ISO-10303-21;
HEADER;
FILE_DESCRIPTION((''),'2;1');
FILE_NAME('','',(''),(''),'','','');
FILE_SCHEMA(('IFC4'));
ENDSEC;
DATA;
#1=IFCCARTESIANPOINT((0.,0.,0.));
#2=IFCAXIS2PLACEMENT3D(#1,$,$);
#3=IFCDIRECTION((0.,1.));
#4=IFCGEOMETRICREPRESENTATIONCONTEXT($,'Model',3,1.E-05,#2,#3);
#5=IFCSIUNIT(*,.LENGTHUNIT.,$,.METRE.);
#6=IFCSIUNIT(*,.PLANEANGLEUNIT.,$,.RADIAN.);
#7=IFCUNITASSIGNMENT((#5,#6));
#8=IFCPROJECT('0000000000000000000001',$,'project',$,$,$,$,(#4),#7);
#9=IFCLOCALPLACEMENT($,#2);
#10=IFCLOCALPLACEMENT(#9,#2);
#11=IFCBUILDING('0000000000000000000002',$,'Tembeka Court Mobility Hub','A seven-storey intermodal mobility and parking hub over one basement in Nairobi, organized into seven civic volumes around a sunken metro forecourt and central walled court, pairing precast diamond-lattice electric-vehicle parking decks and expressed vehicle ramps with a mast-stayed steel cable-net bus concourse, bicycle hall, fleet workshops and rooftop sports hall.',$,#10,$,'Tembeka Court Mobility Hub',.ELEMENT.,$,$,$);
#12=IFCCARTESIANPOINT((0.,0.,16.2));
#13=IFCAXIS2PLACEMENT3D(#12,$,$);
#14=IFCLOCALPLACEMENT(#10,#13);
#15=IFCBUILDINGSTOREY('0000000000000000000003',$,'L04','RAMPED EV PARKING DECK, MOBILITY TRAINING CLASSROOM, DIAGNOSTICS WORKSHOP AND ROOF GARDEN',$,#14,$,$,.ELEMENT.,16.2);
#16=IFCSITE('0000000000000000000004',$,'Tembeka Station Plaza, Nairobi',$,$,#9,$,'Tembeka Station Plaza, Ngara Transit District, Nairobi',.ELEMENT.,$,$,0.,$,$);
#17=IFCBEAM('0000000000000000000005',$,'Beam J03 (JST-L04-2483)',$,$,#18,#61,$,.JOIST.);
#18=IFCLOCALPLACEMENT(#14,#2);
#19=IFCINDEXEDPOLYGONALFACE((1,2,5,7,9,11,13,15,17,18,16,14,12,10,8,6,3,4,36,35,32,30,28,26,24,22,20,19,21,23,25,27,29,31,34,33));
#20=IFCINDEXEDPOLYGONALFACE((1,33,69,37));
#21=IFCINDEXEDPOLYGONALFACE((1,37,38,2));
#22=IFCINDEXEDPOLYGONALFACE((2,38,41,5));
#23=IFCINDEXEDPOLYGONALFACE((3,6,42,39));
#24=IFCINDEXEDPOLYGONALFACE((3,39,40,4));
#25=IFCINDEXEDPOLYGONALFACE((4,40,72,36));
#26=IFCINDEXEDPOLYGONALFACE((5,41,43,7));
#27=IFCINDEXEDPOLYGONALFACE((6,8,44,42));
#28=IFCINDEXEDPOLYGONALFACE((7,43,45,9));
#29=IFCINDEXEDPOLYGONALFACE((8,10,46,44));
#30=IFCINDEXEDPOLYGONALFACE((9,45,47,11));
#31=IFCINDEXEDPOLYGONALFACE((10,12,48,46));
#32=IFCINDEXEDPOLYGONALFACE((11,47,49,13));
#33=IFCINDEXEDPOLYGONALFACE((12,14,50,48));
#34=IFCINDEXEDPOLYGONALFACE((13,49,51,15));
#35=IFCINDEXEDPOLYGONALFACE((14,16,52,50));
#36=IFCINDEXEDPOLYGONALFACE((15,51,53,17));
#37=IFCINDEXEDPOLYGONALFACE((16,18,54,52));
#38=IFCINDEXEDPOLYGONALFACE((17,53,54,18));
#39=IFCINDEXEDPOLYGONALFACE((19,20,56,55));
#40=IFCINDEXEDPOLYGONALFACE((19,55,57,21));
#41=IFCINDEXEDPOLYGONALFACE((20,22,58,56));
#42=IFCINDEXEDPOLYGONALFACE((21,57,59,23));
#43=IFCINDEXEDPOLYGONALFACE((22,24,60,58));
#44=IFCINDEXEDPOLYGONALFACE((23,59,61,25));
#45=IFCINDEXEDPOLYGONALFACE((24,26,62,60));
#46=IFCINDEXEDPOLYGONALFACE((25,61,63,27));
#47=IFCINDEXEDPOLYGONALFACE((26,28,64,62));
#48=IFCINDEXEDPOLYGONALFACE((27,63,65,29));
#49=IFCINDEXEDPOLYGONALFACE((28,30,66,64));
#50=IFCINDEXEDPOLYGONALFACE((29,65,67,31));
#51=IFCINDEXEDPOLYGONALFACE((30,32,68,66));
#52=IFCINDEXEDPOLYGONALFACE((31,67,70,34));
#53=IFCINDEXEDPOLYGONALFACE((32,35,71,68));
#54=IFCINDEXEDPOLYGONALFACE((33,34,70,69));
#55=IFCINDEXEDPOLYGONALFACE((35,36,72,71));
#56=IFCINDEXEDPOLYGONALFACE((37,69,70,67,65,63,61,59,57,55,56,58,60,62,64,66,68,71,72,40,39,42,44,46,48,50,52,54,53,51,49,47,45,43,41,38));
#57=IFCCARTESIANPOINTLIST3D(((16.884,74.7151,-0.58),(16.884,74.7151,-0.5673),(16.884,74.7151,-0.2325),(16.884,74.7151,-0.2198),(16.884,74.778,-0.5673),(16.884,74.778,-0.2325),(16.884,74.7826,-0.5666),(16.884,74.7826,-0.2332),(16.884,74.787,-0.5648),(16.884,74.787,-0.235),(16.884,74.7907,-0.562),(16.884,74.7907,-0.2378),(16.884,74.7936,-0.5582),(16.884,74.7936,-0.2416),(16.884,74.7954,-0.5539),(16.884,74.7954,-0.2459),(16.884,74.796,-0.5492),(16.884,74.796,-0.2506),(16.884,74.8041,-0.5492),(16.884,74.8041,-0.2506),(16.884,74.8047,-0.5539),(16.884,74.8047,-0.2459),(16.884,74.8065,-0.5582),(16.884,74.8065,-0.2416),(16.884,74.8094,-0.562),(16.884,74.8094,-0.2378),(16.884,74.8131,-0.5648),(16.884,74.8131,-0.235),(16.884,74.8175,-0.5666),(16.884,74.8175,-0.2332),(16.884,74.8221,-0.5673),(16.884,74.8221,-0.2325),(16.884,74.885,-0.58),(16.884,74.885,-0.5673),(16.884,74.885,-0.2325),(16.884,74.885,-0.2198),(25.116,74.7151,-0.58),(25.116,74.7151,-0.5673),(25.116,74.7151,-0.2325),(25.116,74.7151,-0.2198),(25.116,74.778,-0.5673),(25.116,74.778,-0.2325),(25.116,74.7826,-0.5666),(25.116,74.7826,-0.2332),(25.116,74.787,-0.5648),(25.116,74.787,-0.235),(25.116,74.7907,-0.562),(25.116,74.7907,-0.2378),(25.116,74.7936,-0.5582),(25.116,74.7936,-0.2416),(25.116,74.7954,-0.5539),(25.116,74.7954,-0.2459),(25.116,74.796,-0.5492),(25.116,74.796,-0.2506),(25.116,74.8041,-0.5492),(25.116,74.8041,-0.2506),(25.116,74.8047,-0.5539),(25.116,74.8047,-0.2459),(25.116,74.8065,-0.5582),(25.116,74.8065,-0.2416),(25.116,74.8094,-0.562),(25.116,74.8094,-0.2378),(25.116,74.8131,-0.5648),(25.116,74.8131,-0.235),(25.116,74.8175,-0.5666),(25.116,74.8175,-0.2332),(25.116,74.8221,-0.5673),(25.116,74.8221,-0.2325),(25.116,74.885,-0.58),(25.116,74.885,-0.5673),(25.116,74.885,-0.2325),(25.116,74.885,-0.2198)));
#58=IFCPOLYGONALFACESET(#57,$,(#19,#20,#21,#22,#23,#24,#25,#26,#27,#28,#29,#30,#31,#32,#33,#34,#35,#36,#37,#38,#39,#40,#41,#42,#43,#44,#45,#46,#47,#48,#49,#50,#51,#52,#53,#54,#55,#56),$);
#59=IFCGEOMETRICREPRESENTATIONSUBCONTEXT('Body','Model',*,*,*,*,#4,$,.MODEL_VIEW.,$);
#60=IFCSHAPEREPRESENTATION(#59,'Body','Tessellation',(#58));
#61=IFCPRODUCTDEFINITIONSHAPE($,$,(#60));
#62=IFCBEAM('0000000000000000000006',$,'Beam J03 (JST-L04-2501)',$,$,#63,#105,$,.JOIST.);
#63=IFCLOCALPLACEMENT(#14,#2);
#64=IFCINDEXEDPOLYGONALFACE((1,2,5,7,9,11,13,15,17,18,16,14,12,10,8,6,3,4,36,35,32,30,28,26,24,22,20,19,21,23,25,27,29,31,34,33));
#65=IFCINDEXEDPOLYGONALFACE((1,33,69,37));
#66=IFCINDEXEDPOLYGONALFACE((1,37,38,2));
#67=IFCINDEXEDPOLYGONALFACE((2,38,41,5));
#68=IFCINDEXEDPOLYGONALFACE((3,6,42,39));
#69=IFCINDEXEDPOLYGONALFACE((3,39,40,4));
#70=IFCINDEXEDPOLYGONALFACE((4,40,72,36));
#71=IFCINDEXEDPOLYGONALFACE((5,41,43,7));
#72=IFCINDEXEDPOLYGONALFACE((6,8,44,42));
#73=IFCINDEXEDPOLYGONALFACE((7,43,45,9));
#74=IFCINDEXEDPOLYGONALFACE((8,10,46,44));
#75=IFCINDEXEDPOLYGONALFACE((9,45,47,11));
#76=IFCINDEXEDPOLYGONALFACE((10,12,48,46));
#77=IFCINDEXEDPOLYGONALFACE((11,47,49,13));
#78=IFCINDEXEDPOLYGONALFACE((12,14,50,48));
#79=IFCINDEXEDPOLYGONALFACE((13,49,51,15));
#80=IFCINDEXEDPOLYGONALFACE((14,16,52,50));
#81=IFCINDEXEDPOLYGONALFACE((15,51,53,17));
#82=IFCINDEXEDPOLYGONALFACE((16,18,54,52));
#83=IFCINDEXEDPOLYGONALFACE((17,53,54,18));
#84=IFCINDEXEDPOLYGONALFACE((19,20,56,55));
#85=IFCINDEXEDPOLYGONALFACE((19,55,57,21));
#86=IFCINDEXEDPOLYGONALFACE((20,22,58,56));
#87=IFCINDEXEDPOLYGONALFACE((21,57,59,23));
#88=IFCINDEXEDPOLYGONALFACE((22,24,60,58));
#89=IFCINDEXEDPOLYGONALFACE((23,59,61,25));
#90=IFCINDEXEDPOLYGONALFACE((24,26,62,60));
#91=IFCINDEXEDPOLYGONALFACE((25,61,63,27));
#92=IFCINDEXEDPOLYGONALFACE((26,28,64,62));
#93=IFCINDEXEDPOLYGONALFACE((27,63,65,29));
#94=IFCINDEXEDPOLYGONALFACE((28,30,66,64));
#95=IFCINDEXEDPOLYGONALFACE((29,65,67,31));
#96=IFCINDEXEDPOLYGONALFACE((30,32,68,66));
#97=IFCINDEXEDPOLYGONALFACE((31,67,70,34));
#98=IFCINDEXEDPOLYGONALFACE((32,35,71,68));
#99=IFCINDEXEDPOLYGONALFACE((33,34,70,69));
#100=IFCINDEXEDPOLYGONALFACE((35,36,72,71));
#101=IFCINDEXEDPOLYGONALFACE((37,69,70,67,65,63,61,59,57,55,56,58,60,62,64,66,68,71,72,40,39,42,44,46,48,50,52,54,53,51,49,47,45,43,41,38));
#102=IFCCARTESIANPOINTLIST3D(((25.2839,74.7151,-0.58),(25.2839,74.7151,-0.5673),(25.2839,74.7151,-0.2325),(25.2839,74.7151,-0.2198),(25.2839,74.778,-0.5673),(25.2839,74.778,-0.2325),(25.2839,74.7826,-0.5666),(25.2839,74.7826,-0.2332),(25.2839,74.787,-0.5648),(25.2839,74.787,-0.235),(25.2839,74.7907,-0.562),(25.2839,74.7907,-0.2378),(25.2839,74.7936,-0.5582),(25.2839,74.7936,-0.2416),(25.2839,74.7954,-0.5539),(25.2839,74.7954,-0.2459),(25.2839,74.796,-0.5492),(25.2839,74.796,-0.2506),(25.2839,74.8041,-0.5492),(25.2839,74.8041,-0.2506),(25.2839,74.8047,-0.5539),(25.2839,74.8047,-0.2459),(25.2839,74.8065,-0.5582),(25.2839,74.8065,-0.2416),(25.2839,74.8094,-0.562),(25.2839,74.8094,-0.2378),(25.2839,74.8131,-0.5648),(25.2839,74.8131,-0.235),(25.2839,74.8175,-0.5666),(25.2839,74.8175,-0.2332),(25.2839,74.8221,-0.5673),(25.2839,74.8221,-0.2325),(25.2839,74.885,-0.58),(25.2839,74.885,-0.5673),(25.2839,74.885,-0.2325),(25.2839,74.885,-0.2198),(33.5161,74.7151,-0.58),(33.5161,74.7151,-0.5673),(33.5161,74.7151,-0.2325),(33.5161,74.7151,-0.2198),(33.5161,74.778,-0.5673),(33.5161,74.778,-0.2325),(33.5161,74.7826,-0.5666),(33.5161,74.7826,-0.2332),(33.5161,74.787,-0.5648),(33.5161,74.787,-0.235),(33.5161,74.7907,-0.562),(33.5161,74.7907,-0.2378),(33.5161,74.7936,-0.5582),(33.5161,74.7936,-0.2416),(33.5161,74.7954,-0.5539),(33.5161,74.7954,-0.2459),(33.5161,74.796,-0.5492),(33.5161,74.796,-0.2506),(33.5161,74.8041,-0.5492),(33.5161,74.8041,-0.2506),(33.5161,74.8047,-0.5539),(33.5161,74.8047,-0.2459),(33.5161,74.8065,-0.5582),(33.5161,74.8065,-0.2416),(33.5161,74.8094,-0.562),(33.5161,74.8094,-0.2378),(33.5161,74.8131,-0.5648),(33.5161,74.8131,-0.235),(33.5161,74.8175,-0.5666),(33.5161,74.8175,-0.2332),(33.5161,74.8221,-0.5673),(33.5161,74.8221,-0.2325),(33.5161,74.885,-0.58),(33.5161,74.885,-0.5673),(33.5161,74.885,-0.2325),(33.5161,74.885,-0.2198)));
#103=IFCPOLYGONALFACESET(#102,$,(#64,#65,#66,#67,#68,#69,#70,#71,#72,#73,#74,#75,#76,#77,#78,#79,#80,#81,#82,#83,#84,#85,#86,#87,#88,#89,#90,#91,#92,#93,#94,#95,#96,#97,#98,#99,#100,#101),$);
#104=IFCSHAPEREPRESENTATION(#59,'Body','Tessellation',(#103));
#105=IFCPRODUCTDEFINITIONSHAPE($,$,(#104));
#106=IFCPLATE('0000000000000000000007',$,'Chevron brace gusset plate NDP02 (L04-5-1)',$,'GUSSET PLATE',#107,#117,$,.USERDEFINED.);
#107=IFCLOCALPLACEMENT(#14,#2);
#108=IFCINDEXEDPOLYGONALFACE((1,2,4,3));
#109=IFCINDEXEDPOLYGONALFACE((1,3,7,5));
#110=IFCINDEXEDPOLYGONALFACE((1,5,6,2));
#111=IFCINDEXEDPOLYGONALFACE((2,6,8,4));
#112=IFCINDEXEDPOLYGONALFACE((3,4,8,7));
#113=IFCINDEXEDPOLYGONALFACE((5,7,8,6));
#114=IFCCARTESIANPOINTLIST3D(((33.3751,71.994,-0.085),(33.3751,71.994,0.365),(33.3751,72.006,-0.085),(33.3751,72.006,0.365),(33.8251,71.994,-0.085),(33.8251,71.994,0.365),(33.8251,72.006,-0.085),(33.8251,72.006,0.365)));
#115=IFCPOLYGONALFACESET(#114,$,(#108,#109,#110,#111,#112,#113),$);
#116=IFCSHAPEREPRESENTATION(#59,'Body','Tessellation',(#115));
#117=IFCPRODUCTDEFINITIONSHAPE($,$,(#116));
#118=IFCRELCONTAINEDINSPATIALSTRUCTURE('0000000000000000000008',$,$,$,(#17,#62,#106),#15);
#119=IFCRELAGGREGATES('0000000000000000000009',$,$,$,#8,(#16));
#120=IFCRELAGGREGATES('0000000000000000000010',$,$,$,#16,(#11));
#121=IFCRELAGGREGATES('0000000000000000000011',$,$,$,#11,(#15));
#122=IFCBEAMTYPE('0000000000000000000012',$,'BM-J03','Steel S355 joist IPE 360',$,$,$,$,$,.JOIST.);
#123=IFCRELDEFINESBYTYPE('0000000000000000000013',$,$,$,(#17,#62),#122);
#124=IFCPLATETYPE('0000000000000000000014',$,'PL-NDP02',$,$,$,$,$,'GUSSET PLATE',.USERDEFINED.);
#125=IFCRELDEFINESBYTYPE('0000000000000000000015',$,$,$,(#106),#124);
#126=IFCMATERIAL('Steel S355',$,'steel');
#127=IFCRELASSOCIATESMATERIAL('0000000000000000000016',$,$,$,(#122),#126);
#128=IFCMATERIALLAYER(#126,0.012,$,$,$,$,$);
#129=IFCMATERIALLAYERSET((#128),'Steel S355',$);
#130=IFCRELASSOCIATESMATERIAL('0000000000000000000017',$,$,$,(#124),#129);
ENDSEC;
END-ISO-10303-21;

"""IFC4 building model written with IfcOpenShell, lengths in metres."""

from ifc_helpers import new_model, si_unit, direction, frame, origin, origin_2d, place, context, subcontext, project, spatial, rectangle, i_section, extrude, material, layer, layer_set, material_profile, profile_set, type_object, element, save


model = new_model("IFC4")

# Units and contexts
model_context = context("Model", 3, precision=1e-05, world=origin(), true_north=direction((0.0, 1.0)))
body_context = subcontext(model_context, "Body", "Model", "MODEL_VIEW")
ifc_project = project(units=[si_unit("LENGTHUNIT", "METRE"), si_unit("PLANEANGLEUNIT", "RADIAN")], contexts=[model_context])

# Site, building, storey
site_placement = place(None, origin())
site = spatial("IfcSite", under=ifc_project, at=site_placement, Name="Tembeka Station Plaza, Nairobi", LongName="Tembeka Station Plaza, Ngara Transit District, Nairobi", CompositionType="ELEMENT", RefElevation=0.0)
building_placement = place(site_placement, origin())
building = spatial("IfcBuilding", under=site, at=building_placement, Name="Tembeka Court Mobility Hub", Description="A seven-storey intermodal mobility and parking hub over one basement in Nairobi, organized into seven civic volumes around a sunken metro forecourt and central walled court, pairing precast diamond-lattice electric-vehicle parking decks and expressed vehicle ramps with a mast-stayed steel cable-net bus concourse, bicycle hall, fleet workshops and rooftop sports hall.", LongName="Tembeka Court Mobility Hub", CompositionType="ELEMENT")
storey_placement = place(building_placement, frame((0.0, 0.0, 16.2)))
storey = spatial("IfcBuildingStorey", under=building, at=storey_placement, Name="L04", Description="RAMPED EV PARKING DECK, MOBILITY TRAINING CLASSROOM, DIAGNOSTICS WORKSHOP AND ROOF GARDEN", CompositionType="ELEMENT", Elevation=16.2)

# Shared definitions
ifc_material = material(Name="Steel S355", Category="steel")

# Beams
ifc_material_profile_1 = material_profile(ifc_material, i_section(OverallWidth=0.1699, OverallDepth=0.3601, WebThickness=0.0081, FlangeThickness=0.0127, FilletRadius=0.0181, at=origin_2d()), Name="IPE 360")
ifc_profile_set_1 = profile_set([ifc_material_profile_1], Name="Steel S355")
beam_type_1 = type_object("IfcBeamType", Name="BM-J03", Description="Steel S355 joist IPE 360", PredefinedType="JOIST", material=ifc_profile_set_1)
beam_1_placement = place(storey_placement, frame((16.884, 74.8, -0.3999), z_axis=(1.0, 0.0, 0.0), x_axis=(0.0, 1.0, 0.0)))
element("IfcBeam", 1, at=beam_1_placement, inside=storey, type_object=beam_type_1, Name="Beam J03 (JST-L04-2483)", PredefinedType="JOIST", context=body_context, shape_type="SweptSolid", body=[
    extrude(i_section(OverallWidth=0.1699, OverallDepth=0.3601, WebThickness=0.0081, FlangeThickness=0.0127, FilletRadius=0.0181, at=origin_2d()), origin(), (0.0, 0.0, 1.0), 8.2319),
])
beam_2_placement = place(storey_placement, frame((25.2839, 74.8, -0.3999), z_axis=(1.0, 0.0, 0.0), x_axis=(0.0, 1.0, 0.0)))
element("IfcBeam", 2, at=beam_2_placement, inside=storey, type_object=beam_type_1, Name="Beam J03 (JST-L04-2501)", PredefinedType="JOIST", context=body_context, shape_type="SweptSolid", body=[
    extrude(i_section(OverallWidth=0.1699, OverallDepth=0.3601, WebThickness=0.0081, FlangeThickness=0.0127, FilletRadius=0.0181, at=origin_2d()), origin(), (0.0, 0.0, 1.0), 8.2322),
])

# Plate
ifc_layer = layer(ifc_material, 0.012)
ifc_layer_set = layer_set([ifc_layer], Name="Steel S355")
plate_type = type_object("IfcPlateType", Name="PL-NDP02", ElementType="GUSSET PLATE", PredefinedType="USERDEFINED", material=ifc_layer_set)
plate_placement = place(storey_placement, frame((33.6001, 72.0, -0.085), z_axis=(0.0, 0.0, 1.0), x_axis=(1.0, 0.0, 0.0)))
element("IfcPlate", 3, at=plate_placement, inside=storey, type_object=plate_type, Name="Chevron brace gusset plate NDP02 (L04-5-1)", ObjectType="GUSSET PLATE", PredefinedType="USERDEFINED", context=body_context, shape_type="SweptSolid", body=[
    extrude(rectangle(XDim=0.45, YDim=0.012, at=origin_2d()), origin(), (0.0, 0.0, 1.0), 0.45),
])

save(model, "model.ifc")
